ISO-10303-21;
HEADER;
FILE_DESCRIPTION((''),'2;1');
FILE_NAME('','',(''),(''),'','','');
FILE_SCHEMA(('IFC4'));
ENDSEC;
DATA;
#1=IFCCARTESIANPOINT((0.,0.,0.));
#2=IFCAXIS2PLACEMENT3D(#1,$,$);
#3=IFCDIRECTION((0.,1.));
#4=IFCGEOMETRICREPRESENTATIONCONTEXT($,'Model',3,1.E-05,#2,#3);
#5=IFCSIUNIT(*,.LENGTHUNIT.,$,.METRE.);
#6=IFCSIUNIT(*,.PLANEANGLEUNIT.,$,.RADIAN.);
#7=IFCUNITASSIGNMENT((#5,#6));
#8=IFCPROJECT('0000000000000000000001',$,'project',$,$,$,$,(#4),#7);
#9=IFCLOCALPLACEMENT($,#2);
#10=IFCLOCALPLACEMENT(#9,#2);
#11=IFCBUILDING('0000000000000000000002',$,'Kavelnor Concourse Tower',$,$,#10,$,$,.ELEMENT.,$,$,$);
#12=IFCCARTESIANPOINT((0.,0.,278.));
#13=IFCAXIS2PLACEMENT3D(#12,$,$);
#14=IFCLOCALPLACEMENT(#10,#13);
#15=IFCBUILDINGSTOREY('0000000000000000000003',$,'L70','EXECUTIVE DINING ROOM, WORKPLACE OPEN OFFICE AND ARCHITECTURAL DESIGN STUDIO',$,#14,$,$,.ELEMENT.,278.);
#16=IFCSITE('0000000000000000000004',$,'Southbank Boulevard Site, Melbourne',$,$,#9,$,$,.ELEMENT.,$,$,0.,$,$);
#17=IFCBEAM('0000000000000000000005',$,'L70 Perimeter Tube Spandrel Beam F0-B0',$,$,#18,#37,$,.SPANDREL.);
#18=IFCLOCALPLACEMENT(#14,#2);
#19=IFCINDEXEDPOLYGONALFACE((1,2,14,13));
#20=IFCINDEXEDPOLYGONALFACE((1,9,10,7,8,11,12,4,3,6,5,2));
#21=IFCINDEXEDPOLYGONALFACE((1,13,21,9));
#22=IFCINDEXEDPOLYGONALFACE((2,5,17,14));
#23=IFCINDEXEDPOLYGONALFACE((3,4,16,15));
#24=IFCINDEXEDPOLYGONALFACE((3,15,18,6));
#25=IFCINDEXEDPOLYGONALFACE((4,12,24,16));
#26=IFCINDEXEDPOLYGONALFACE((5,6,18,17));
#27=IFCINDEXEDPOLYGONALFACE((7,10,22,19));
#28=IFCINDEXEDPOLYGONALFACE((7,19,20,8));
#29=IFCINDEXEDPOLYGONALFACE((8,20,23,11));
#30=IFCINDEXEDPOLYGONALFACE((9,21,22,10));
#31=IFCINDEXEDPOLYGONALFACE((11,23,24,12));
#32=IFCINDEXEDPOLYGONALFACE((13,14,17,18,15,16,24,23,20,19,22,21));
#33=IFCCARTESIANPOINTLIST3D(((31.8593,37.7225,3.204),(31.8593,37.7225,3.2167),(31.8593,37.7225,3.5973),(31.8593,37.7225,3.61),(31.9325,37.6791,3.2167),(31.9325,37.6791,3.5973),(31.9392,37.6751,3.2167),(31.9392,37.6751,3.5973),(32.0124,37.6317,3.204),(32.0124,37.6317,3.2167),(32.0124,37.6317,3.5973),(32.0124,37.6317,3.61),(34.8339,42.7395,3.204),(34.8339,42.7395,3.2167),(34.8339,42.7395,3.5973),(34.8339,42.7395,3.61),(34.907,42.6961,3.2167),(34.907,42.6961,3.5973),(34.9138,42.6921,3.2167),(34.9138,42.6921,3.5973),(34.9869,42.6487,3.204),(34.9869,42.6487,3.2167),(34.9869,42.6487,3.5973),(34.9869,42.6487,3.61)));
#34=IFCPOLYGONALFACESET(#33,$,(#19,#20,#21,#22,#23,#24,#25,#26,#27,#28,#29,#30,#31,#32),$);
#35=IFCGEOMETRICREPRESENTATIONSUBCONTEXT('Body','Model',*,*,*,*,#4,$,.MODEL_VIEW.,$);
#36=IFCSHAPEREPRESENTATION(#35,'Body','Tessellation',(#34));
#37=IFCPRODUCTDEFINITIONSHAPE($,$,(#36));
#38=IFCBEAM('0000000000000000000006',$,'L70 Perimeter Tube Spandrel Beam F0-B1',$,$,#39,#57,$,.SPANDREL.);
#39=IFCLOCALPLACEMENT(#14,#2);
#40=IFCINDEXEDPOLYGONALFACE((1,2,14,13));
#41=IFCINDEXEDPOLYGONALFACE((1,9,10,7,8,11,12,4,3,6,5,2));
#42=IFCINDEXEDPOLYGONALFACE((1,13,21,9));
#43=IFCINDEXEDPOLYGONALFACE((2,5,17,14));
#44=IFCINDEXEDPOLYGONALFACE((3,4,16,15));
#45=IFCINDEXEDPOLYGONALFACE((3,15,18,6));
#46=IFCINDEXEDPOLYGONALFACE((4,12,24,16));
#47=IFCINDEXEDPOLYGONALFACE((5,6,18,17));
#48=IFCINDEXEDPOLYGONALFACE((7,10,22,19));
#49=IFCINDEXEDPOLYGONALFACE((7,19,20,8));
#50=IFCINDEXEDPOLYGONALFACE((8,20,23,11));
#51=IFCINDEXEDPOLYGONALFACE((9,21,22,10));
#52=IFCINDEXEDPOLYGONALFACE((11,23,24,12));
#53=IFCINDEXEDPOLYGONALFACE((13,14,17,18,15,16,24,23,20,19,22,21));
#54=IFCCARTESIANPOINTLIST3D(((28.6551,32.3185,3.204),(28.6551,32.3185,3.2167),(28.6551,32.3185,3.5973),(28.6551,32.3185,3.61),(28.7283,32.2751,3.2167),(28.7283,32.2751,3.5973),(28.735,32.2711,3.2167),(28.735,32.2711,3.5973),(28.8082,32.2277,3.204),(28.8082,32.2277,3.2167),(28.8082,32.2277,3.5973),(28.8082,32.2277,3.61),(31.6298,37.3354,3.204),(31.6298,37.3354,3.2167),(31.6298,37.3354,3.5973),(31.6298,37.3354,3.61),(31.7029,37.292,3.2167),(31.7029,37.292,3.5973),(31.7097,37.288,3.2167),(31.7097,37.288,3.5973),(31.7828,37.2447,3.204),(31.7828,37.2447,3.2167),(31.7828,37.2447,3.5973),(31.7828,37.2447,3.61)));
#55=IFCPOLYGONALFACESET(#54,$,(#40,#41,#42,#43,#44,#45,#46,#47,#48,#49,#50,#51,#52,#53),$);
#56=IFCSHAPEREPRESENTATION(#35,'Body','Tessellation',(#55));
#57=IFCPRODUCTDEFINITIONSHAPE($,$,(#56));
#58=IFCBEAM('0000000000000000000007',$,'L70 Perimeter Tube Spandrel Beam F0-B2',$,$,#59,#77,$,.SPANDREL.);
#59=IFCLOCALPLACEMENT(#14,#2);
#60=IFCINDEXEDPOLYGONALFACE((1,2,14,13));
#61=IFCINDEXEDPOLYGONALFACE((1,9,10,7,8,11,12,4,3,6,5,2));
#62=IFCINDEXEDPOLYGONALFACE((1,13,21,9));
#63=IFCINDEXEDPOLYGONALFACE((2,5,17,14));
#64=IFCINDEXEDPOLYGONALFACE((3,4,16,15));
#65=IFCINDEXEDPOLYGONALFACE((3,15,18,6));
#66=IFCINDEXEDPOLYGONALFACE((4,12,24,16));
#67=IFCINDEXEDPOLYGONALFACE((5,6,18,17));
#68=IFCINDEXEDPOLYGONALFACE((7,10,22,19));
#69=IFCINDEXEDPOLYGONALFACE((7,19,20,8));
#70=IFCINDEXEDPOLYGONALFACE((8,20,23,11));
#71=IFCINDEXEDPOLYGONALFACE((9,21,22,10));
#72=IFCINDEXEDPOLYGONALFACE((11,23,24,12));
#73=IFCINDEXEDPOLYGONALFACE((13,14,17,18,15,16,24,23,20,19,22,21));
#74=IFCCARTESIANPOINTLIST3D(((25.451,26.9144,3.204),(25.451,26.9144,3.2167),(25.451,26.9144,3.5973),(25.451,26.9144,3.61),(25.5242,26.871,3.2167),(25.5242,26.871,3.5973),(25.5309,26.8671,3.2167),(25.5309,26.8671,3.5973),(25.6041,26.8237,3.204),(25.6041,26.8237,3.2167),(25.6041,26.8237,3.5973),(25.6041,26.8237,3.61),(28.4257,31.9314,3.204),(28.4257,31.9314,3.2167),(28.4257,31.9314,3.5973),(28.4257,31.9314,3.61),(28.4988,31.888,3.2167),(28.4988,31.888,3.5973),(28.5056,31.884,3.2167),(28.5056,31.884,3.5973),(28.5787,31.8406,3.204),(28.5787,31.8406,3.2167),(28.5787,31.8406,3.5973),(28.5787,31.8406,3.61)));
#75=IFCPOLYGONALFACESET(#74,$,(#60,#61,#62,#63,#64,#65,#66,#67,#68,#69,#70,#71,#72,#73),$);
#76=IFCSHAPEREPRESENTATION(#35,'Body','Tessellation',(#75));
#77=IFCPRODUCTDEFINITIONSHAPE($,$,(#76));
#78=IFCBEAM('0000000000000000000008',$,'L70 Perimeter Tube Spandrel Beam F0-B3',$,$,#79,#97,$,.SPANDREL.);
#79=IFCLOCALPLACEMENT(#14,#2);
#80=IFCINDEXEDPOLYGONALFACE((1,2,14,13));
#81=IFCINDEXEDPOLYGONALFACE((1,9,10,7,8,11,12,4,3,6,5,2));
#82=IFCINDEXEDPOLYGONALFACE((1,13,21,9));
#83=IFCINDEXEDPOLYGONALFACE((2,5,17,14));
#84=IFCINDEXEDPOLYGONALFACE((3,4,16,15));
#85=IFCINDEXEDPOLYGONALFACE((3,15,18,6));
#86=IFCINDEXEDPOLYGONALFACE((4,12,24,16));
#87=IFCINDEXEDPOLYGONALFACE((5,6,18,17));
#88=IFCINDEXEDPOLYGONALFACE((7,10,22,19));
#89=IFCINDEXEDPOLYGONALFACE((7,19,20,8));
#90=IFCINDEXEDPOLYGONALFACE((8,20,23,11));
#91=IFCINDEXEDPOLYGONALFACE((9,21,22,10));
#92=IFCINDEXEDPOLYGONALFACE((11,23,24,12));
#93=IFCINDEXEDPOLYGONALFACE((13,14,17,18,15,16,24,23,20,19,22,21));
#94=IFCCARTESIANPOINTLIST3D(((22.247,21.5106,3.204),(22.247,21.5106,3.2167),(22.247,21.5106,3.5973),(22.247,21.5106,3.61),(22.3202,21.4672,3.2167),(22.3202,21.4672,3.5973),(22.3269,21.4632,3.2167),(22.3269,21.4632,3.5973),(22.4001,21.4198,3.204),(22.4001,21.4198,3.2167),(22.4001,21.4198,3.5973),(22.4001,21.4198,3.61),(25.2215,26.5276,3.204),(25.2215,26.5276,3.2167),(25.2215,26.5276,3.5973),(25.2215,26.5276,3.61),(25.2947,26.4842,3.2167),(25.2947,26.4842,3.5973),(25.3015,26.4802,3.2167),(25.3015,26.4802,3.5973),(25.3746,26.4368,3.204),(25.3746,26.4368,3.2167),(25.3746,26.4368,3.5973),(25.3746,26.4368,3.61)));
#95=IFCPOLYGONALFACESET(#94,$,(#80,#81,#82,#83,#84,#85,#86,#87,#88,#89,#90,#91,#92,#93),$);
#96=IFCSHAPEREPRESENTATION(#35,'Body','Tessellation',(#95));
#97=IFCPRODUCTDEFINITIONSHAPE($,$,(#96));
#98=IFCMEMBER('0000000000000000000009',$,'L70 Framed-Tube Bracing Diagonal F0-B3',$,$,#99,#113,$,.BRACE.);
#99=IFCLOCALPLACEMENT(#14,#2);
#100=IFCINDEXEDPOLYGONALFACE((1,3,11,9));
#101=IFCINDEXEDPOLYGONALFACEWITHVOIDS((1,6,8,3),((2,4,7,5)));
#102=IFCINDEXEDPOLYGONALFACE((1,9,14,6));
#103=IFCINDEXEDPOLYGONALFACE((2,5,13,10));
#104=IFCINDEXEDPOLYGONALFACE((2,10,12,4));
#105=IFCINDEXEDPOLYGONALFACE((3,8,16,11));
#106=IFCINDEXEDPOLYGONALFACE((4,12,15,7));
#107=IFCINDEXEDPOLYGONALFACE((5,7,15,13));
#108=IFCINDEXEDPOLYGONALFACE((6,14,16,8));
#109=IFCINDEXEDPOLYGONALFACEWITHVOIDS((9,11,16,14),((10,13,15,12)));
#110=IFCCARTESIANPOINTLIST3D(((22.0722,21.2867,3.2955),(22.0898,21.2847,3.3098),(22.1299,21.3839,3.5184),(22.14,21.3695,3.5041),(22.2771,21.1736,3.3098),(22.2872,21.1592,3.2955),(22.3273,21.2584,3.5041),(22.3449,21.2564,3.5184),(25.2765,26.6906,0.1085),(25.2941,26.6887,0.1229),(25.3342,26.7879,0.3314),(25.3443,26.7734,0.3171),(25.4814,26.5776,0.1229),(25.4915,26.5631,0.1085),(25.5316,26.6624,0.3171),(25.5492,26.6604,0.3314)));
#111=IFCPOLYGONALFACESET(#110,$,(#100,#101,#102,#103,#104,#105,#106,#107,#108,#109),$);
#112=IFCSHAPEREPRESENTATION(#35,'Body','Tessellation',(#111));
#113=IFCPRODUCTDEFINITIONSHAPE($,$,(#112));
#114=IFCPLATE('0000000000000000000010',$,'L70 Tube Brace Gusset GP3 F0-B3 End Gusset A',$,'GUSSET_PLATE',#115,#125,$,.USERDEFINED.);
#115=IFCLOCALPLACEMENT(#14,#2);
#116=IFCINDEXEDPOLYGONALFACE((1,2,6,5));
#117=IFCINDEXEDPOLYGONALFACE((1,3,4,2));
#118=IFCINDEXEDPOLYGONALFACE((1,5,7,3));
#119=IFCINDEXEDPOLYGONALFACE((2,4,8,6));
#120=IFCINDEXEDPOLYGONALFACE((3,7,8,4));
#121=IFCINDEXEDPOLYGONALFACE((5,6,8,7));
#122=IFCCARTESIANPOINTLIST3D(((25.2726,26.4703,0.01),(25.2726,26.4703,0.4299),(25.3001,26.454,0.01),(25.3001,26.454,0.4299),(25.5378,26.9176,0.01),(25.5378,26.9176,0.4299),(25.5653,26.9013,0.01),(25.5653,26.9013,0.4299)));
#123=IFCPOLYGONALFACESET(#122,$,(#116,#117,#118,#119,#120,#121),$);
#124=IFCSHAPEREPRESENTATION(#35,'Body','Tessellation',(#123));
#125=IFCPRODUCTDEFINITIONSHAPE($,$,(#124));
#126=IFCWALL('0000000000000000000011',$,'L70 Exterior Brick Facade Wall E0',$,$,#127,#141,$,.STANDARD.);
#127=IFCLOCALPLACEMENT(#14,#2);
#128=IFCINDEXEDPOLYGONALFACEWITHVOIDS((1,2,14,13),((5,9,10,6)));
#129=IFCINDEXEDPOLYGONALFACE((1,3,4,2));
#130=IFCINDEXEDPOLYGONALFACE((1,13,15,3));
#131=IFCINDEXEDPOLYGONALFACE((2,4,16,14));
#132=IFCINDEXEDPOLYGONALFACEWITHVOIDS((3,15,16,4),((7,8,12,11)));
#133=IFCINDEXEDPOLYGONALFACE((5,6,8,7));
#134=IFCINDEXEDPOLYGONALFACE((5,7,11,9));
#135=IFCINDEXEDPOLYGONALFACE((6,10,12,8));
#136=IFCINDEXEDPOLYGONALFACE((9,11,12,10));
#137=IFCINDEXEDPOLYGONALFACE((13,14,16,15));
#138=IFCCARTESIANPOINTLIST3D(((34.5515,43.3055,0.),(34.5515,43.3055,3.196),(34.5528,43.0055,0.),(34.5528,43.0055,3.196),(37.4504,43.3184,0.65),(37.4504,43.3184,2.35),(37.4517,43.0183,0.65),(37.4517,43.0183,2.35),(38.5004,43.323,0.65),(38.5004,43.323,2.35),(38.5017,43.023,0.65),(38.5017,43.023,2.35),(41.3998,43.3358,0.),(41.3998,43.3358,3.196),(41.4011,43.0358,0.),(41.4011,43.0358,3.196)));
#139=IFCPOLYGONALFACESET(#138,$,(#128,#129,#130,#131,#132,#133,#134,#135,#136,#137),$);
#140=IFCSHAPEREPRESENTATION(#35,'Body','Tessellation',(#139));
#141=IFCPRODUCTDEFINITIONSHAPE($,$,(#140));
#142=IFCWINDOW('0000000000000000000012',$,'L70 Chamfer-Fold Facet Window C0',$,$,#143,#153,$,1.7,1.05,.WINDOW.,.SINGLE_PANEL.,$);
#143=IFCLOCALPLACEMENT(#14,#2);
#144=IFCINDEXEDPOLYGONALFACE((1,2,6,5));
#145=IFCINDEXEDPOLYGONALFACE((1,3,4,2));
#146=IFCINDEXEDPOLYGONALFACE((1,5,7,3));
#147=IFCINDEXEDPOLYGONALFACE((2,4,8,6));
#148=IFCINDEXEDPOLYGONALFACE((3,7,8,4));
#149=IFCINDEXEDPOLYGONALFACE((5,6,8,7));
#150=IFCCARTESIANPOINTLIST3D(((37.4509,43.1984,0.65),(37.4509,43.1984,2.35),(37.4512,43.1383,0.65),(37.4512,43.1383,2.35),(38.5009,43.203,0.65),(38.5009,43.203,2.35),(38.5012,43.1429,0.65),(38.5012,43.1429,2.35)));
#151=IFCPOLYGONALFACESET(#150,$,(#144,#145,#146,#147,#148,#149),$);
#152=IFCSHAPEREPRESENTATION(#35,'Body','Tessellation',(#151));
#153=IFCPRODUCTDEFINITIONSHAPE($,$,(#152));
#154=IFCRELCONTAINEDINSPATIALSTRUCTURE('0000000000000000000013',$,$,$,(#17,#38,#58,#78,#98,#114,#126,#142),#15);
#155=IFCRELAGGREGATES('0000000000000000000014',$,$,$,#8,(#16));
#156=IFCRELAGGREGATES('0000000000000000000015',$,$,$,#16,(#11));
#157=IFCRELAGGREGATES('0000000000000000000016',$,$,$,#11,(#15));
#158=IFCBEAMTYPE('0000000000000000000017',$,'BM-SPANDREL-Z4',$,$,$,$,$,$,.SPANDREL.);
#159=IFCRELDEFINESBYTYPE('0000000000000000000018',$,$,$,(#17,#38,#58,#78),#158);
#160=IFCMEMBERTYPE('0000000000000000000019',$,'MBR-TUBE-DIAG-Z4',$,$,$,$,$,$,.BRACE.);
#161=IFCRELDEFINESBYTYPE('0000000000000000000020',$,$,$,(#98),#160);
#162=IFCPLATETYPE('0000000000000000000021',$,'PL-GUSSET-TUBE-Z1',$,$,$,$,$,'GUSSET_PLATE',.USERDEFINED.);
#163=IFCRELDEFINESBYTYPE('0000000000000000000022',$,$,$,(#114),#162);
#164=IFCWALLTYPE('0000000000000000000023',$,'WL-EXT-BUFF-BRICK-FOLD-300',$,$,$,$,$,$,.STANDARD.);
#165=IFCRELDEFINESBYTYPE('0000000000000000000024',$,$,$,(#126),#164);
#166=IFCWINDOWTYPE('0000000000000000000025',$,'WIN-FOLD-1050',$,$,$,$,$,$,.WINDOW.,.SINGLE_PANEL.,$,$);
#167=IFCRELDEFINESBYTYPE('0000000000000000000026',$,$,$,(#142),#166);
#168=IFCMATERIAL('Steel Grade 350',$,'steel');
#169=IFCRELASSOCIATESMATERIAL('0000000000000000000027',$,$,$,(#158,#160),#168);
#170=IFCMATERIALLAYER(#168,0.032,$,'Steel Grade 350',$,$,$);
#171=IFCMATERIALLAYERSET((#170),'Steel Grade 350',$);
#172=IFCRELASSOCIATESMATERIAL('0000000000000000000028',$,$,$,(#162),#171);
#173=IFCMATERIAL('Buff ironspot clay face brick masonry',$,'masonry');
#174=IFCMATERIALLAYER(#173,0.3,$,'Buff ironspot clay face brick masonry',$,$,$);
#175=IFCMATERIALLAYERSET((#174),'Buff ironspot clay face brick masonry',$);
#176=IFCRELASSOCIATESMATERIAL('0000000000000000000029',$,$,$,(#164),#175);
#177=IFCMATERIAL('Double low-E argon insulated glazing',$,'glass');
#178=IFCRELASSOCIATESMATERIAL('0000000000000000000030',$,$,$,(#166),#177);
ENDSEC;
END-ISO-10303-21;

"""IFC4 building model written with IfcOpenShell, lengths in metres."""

from ifc_helpers import new_model, si_unit, direction, frame, frame_2d, origin, origin_2d, place, context, subcontext, project, spatial, rectangle, hollow_rectangle, i_section, extrude, material, layer, layer_set, material_profile, profile_set, type_object, element, fill, save


model = new_model("IFC4")

# Units and contexts
model_context = context("Model", 3, precision=1e-05, world=origin(), true_north=direction((0.0, 1.0)))
body_context = subcontext(model_context, "Body", "Model", "MODEL_VIEW")
ifc_project = project(units=[si_unit("LENGTHUNIT", "METRE"), si_unit("PLANEANGLEUNIT", "RADIAN")], contexts=[model_context])

# Site, building, storey
site_placement = place(None, origin())
site = spatial("IfcSite", under=ifc_project, at=site_placement, Name="Southbank Boulevard Site, Melbourne", CompositionType="ELEMENT", RefElevation=0.0)
building_placement = place(site_placement, origin())
building = spatial("IfcBuilding", under=site, at=building_placement, Name="Kavelnor Concourse Tower", CompositionType="ELEMENT")
storey_placement = place(building_placement, frame((0.0, 0.0, 278.0)))
storey = spatial("IfcBuildingStorey", under=building, at=storey_placement, Name="L70", Description="EXECUTIVE DINING ROOM, WORKPLACE OPEN OFFICE AND ARCHITECTURAL DESIGN STUDIO", CompositionType="ELEMENT", Elevation=278.0)

# Shared definitions
ifc_material_1 = material(Name="Steel Grade 350", Category="steel")

# Beams
ifc_material_profile_1 = material_profile(ifc_material_1, i_section(OverallWidth=0.178, OverallDepth=0.406, WebThickness=0.0078, FlangeThickness=0.0127, at=origin_2d()), Name="410UB59")
ifc_profile_set_1 = profile_set([ifc_material_profile_1], Name="Steel Grade 350")
beam_type_1 = type_object("IfcBeamType", Name="BM-SPANDREL-Z4", PredefinedType="SPANDREL", material=ifc_profile_set_1)
for number, where, z_axis, x_axis, name in (
    (1, (34.9104, 42.6941, 3.407), (-0.509995, -0.860177, 0.0), (0.860177, -0.509995, 0.0), "L70 Perimeter Tube Spandrel Beam F0-B0"),
    (2, (31.7063, 37.29, 3.407), (-0.510013, -0.860166, 0.0), (0.860166, -0.510013, 0.0), "L70 Perimeter Tube Spandrel Beam F0-B1"),
    (3, (28.5022, 31.886, 3.407), (-0.510013, -0.860166, 0.0), (0.860166, -0.510013, 0.0), "L70 Perimeter Tube Spandrel Beam F0-B2"),
    (4, (25.2981, 26.4822, 3.407), (-0.509995, -0.860177, 0.0), (0.860177, -0.509995, 0.0), "L70 Perimeter Tube Spandrel Beam F0-B3"),
):
    element("IfcBeam", number, at=place(storey_placement, frame(where, z_axis=z_axis, x_axis=x_axis)), inside=storey, type_object=beam_type_1, Name=name, PredefinedType="SPANDREL", context=body_context, shape_type="SweptSolid", body=[
        extrude(i_section(OverallWidth=0.178, OverallDepth=0.406, WebThickness=0.0078, FlangeThickness=0.0127, at=origin_2d()), origin(), (0.0, 0.0, 1.0), 5.8325),
    ])

# Member
ifc_material_profile_2 = material_profile(ifc_material_1, hollow_rectangle(XDim=0.25, YDim=0.25, WallThickness=0.0161, at=origin_2d()), Name="SHS 250x250x16")
ifc_profile_set_2 = profile_set([ifc_material_profile_2], Name="Steel Grade 350")
member_type = type_object("IfcMemberType", Name="MBR-TUBE-DIAG-Z4", PredefinedType="BRACE", material=ifc_profile_set_2)
member_placement = place(storey_placement, frame((25.4128, 26.6755, 0.22), z_axis=(-0.454855, -0.767102, 0.452395), x_axis=(0.860156, -0.510031, 0.0)))
element("IfcMember", 5, at=member_placement, inside=storey, type_object=member_type, Name="L70 Framed-Tube Bracing Diagonal F0-B3", PredefinedType="BRACE", context=body_context, shape_type="SweptSolid", body=[
    extrude(hollow_rectangle(XDim=0.25, YDim=0.25, WallThickness=0.0161, at=origin_2d()), origin(), (0.0, 0.0, 1.0), 7.0447),
])

# Plate
ifc_layer_1 = layer(ifc_material_1, 0.032, Name="Steel Grade 350")
ifc_layer_set_1 = layer_set([ifc_layer_1], Name="Steel Grade 350")
plate_type = type_object("IfcPlateType", Name="PL-GUSSET-TUBE-Z1", ElementType="GUSSET_PLATE", PredefinedType="USERDEFINED", material=ifc_layer_set_1)
plate_placement = place(storey_placement, frame((25.4189, 26.6858, 0.01), z_axis=(0.0, 0.0, 1.0), x_axis=(-0.510093, -0.860119, 0.0)))
element("IfcPlate", 6, at=plate_placement, inside=storey, type_object=plate_type, Name="L70 Tube Brace Gusset GP3 F0-B3 End Gusset A", ObjectType="GUSSET_PLATE", PredefinedType="USERDEFINED", context=body_context, shape_type="SweptSolid", body=[
    extrude(rectangle(XDim=0.52, YDim=0.032, at=origin_2d()), origin(), (0.0, 0.0, 1.0), 0.4199),
])

# Wall, opening, window
ifc_material_2 = material(Name="Buff ironspot clay face brick masonry", Category="masonry")
ifc_layer_2 = layer(ifc_material_2, 0.3, Name="Buff ironspot clay face brick masonry")
ifc_layer_set_2 = layer_set([ifc_layer_2], Name="Buff ironspot clay face brick masonry")
wall_type_1 = type_object("IfcWallType", Name="WL-EXT-BUFF-BRICK-FOLD-300", PredefinedType="STANDARD", material=ifc_layer_set_2)
wall_1_placement = place(storey_placement, frame((34.552, 43.1555, 0.0), z_axis=(0.0, 0.0, 1.0), x_axis=(0.99999, 0.00442, 0.0)))
wall_1 = element("IfcWall", 7, at=wall_1_placement, inside=storey, type_object=wall_type_1, Name="L70 Exterior Brick Facade Wall E0", PredefinedType="STANDARD", context=body_context, shape_type="SweptSolid", body=[
    extrude(rectangle(XDim=6.8484, YDim=0.3, at=frame_2d((3.4243, 0.0))), origin(), (0.0, 0.0, 1.0), 3.196),
])
opening_1_placement = place(wall_1_placement, frame((2.8992, 0.0, 0.6499)))
opening_1 = element("IfcOpeningElement", 8, at=opening_1_placement, cuts=wall_1, PredefinedType="OPENING", context=body_context, shape_type="SweptSolid", body=[
    extrude(rectangle(XDim=1.05, YDim=1.7, at=frame_2d((0.5249, 0.8501))), frame((0.0, 0.1602, 0.0), z_axis=(0.0, -1.0, 0.0), x_axis=(1.0, 0.0, 0.0)), (0.0, 0.0, 1.0), 0.3201),
])
ifc_material_3 = material(Name="Double low-E argon insulated glazing", Category="glass")
window_type = type_object("IfcWindowType", Name="WIN-FOLD-1050", PartitioningType="SINGLE_PANEL", PredefinedType="WINDOW", material=ifc_material_3)
window_placement = place(opening_1_placement, origin())
window = element("IfcWindow", 9, at=window_placement, inside=storey, type_object=window_type, Name="L70 Chamfer-Fold Facet Window C0", OverallHeight=1.7, OverallWidth=1.05, PartitioningType="SINGLE_PANEL", PredefinedType="WINDOW", context=body_context, shape_type="SweptSolid", body=[
    extrude(rectangle(XDim=1.05, YDim=1.7, at=frame_2d((0.5249, 0.8501))), frame((0.0, 0.03, 0.0), z_axis=(0.0, -1.0, 0.0), x_axis=(1.0, 0.0, 0.0)), (0.0, 0.0, 1.0), 0.0601),
])
fill(opening_1, window)

save(model, "model.ifc")
